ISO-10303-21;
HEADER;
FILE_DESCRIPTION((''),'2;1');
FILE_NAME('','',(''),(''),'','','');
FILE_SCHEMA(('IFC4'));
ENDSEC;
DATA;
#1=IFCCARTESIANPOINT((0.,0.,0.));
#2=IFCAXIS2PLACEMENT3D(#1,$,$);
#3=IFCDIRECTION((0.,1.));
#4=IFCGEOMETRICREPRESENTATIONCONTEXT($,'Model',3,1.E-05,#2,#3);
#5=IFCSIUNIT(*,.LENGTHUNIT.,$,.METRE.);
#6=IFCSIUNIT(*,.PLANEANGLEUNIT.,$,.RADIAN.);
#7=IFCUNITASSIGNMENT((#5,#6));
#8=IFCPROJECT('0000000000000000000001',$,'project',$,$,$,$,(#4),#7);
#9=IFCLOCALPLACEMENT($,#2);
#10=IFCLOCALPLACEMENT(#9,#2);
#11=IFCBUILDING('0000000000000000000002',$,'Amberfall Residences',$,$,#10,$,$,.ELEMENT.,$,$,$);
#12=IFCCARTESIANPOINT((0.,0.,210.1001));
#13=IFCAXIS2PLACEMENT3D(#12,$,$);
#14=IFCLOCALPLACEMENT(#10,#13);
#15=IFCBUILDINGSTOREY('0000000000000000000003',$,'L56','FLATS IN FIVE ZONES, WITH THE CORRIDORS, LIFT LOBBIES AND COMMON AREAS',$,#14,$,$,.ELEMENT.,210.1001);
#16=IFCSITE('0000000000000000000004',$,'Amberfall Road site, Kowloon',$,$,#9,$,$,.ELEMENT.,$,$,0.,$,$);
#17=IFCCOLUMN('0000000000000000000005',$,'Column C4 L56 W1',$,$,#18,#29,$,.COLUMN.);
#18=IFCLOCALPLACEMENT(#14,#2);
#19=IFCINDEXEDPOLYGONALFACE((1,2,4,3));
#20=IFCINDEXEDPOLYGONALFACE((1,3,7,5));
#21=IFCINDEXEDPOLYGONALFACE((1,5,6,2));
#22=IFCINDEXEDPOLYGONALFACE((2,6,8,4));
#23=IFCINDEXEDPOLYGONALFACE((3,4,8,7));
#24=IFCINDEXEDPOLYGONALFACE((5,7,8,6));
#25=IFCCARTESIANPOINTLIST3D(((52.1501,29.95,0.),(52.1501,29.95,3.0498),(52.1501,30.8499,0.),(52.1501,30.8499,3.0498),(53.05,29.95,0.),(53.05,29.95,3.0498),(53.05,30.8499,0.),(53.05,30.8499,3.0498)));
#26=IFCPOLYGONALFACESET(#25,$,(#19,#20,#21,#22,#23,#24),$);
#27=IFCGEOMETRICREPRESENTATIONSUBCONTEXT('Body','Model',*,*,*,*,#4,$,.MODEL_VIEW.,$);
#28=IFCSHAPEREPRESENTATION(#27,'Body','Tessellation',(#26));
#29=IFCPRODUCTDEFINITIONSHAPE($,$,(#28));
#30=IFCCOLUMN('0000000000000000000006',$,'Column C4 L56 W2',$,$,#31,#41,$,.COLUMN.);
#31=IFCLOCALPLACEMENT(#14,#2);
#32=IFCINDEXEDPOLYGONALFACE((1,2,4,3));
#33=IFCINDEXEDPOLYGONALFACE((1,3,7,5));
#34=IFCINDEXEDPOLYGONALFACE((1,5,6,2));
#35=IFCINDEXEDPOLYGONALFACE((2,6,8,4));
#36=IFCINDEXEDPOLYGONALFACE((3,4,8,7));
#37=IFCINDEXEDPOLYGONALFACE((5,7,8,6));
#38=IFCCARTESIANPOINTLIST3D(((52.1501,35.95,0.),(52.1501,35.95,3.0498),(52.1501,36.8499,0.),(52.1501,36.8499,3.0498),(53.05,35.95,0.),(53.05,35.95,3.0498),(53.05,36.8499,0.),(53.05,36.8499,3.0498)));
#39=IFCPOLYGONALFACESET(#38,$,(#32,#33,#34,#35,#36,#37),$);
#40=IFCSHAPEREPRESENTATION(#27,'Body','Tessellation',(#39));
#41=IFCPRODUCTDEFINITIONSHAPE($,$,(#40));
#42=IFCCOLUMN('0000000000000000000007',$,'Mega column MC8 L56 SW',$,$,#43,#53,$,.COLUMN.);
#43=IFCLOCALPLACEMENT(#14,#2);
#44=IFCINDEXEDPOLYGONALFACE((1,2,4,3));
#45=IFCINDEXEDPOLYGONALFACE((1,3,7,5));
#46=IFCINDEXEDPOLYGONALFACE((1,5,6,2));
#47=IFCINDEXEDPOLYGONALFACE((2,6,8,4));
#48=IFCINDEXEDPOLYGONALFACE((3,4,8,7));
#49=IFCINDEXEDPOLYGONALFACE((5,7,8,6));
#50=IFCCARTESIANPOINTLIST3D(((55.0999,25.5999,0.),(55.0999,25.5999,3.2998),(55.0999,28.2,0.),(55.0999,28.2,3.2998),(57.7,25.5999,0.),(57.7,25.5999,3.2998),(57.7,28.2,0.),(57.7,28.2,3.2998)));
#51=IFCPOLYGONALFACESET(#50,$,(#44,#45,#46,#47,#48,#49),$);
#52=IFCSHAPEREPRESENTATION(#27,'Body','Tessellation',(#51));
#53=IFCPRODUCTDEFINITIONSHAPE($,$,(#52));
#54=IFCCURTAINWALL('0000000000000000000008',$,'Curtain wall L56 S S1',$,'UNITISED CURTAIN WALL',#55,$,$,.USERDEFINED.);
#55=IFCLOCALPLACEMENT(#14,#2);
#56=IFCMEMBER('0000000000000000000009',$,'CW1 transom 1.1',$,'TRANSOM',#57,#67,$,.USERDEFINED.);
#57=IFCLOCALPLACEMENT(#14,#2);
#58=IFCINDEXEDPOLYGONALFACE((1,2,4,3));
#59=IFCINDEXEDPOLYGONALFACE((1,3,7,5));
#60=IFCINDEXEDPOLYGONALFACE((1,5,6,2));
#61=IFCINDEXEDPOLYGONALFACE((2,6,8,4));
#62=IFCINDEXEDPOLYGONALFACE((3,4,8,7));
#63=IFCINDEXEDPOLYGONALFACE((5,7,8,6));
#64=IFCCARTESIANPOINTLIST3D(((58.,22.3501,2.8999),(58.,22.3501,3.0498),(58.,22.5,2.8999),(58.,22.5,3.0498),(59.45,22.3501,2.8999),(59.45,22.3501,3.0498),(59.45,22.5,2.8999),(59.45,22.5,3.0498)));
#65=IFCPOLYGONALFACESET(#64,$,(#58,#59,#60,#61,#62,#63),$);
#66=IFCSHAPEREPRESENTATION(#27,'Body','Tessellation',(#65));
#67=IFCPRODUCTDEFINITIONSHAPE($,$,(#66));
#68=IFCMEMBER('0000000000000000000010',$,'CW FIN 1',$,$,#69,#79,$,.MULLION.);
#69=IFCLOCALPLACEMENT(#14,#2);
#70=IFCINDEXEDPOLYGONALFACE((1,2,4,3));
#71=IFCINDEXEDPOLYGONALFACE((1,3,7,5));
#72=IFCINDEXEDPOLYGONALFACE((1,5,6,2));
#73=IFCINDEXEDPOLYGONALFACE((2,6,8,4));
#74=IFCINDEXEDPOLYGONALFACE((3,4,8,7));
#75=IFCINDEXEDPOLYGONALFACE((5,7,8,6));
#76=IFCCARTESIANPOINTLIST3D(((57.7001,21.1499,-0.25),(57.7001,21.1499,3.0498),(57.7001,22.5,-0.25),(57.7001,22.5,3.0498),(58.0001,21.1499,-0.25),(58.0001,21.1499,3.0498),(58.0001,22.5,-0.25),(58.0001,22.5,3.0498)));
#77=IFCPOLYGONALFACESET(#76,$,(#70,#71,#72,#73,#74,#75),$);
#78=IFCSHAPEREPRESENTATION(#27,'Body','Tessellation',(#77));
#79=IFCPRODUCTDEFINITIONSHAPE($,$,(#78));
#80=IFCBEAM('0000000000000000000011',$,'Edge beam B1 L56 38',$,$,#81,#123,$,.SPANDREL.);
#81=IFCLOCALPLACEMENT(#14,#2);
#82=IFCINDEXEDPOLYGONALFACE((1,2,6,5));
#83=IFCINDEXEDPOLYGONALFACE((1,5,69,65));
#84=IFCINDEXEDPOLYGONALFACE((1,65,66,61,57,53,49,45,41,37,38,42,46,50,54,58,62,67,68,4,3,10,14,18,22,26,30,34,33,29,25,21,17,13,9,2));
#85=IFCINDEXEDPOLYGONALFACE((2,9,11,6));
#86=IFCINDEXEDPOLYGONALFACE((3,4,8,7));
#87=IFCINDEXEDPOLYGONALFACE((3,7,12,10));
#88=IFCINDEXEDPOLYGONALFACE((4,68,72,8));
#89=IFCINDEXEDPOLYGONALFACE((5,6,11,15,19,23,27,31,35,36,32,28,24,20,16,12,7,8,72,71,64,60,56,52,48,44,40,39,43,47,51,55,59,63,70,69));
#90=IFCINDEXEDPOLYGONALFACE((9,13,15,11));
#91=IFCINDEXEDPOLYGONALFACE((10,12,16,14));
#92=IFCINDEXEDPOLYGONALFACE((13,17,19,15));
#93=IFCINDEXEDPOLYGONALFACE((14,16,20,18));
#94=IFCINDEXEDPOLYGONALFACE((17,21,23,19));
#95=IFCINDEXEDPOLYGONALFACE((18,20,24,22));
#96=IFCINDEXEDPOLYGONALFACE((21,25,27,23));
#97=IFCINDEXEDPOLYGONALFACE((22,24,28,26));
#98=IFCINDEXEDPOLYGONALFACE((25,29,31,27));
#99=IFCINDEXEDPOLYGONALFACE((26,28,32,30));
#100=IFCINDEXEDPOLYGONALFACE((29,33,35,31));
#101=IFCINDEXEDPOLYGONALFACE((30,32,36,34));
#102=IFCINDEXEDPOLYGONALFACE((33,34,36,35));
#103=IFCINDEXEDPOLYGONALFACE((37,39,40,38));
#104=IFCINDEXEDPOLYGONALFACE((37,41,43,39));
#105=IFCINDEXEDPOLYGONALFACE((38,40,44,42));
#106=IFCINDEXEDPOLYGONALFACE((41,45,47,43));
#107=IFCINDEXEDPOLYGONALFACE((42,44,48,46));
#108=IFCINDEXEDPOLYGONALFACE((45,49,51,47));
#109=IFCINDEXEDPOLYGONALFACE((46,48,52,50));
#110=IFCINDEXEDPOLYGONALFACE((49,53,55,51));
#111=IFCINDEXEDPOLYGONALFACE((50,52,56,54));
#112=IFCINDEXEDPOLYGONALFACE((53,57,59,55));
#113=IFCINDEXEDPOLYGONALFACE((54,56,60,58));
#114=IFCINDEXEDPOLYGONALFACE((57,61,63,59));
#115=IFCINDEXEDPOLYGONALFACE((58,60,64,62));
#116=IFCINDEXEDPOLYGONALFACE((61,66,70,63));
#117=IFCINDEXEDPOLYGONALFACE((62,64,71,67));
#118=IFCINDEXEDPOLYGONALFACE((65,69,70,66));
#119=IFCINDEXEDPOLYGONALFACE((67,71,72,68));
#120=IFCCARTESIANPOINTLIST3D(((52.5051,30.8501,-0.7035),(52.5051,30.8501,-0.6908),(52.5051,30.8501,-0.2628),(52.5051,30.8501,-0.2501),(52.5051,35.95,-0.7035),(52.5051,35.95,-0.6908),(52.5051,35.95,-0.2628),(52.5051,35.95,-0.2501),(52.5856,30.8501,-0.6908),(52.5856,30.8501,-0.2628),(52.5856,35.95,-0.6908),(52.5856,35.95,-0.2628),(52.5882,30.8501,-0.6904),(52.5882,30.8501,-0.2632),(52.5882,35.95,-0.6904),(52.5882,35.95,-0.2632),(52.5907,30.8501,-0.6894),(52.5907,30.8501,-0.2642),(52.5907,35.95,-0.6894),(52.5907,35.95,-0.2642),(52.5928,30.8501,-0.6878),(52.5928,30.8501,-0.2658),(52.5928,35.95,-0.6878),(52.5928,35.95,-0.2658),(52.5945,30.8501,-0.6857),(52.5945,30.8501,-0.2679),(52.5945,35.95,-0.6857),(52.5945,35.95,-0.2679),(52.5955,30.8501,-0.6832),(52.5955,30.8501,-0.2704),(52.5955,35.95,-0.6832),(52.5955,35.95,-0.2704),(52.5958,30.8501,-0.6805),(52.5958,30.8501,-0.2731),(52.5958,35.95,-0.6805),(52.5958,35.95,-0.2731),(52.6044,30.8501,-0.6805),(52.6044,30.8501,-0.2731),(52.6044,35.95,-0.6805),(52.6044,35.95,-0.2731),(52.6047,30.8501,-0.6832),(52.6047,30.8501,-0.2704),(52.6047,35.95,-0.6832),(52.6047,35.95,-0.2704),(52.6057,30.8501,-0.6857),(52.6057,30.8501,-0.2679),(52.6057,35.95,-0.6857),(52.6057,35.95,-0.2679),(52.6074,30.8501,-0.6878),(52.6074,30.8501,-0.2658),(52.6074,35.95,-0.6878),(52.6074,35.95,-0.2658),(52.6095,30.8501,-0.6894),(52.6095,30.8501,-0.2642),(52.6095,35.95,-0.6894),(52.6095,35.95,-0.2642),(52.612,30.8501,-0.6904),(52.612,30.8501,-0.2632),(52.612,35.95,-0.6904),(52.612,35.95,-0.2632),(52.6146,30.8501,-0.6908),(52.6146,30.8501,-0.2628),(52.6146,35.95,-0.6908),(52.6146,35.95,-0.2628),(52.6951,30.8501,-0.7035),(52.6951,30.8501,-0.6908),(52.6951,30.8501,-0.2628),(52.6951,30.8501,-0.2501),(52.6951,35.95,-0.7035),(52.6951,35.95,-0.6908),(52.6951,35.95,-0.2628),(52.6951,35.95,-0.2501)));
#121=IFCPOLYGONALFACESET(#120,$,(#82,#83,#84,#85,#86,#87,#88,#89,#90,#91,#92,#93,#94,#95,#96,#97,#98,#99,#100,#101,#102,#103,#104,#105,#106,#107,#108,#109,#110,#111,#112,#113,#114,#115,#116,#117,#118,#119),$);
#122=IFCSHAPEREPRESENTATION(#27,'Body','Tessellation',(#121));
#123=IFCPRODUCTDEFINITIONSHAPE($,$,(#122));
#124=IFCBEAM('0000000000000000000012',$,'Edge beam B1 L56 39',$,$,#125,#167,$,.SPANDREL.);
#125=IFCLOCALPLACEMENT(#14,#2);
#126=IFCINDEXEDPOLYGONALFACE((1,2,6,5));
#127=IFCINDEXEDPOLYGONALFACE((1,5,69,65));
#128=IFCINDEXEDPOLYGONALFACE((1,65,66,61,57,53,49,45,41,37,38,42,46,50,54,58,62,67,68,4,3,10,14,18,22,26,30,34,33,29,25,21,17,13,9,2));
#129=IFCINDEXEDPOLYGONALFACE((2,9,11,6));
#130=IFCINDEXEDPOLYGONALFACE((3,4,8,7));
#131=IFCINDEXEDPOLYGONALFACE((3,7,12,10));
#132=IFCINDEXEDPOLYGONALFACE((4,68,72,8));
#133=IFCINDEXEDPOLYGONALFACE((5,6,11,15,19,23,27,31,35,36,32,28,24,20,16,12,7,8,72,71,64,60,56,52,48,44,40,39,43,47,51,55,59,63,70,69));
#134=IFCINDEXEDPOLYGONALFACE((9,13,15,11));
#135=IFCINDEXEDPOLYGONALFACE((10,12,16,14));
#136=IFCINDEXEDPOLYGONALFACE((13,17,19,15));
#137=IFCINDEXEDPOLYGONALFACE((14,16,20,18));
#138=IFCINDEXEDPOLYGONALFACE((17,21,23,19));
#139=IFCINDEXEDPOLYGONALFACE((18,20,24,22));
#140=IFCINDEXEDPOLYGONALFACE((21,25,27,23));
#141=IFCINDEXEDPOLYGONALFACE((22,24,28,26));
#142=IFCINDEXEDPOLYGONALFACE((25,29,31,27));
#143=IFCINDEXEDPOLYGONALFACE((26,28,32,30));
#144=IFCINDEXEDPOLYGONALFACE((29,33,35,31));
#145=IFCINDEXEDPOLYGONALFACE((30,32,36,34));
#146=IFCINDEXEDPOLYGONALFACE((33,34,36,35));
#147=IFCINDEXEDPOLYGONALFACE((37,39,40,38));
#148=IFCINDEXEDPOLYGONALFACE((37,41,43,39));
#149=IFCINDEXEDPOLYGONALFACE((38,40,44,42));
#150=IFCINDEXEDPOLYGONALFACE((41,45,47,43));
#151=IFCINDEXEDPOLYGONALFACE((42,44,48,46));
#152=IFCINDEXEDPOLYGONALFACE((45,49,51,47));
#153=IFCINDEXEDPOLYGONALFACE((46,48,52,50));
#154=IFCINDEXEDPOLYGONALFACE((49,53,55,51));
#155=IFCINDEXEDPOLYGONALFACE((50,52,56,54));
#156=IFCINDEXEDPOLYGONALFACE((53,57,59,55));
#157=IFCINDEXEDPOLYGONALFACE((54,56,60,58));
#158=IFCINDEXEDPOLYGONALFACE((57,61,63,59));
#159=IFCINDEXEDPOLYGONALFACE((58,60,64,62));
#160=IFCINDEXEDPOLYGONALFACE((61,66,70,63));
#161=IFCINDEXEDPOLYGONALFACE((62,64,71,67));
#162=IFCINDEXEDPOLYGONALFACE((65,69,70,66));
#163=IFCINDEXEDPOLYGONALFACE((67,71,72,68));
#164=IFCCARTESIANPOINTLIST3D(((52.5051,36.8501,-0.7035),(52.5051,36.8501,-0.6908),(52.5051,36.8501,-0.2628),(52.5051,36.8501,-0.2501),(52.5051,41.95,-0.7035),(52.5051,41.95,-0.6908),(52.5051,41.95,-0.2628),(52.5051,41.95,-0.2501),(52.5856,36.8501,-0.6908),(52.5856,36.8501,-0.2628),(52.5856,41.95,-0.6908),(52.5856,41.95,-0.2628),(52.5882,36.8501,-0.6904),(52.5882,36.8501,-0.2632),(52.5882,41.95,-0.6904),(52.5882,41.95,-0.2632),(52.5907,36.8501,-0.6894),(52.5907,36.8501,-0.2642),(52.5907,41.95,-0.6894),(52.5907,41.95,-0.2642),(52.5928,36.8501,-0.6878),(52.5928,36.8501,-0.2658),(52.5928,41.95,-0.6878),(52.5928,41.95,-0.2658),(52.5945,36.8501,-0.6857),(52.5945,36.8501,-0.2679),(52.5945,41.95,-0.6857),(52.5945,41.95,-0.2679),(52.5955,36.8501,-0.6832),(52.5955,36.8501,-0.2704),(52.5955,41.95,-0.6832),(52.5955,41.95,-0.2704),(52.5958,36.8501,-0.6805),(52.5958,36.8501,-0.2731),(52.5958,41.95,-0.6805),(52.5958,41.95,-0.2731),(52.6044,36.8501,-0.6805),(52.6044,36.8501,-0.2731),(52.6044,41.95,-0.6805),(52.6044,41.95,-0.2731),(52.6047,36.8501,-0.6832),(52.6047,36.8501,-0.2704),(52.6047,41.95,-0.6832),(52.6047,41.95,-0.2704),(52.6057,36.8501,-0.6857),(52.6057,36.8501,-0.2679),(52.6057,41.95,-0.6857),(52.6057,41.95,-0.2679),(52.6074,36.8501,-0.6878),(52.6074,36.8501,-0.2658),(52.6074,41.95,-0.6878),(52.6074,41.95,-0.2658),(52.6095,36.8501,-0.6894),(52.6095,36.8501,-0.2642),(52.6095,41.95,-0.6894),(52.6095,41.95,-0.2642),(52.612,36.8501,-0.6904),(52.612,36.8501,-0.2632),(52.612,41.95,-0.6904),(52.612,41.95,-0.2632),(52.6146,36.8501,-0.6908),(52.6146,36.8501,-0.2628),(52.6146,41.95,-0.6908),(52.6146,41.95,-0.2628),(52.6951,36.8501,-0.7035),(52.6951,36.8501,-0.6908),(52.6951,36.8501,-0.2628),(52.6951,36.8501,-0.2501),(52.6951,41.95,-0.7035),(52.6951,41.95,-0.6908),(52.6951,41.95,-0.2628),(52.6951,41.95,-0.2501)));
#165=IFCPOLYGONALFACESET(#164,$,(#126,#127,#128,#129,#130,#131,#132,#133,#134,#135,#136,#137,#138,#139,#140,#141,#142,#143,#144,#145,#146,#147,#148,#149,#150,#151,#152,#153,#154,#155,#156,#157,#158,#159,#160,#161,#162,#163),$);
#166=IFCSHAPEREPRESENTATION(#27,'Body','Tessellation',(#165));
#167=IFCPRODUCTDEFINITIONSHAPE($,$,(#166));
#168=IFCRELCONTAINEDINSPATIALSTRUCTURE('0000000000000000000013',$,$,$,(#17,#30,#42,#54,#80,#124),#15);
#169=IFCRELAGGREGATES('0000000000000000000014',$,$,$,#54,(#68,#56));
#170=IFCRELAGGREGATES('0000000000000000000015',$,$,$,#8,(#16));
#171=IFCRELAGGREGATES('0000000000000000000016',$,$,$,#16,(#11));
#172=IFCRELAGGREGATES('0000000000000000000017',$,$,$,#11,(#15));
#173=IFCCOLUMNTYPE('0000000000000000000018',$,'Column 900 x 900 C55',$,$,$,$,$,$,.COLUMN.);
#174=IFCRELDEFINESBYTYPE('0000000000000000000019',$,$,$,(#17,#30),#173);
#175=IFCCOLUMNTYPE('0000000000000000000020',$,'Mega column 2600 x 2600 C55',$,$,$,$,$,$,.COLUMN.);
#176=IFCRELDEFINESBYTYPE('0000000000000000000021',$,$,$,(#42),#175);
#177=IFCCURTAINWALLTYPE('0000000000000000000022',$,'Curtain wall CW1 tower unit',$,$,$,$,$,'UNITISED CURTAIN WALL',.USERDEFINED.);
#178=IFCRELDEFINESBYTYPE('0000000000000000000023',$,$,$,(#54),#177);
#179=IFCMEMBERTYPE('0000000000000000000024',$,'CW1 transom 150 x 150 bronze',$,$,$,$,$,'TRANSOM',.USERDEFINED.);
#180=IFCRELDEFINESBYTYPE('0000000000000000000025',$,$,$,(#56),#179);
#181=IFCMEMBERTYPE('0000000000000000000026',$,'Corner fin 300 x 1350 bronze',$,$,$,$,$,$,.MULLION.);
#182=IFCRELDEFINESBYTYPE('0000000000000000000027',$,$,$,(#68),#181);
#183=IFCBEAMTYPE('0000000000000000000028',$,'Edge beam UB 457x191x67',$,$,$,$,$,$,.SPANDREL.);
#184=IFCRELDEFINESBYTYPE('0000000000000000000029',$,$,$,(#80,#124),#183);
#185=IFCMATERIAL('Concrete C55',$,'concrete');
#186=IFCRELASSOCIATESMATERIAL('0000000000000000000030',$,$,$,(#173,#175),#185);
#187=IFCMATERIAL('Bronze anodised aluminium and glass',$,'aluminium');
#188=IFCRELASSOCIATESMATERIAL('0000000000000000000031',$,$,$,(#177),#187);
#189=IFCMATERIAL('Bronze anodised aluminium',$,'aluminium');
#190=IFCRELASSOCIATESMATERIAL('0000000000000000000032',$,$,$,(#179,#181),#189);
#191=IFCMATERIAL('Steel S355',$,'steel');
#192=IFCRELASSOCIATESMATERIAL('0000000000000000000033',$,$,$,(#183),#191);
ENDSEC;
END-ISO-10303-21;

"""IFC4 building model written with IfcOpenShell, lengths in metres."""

from ifc_helpers import new_model, si_unit, direction, frame, origin, origin_2d, place, context, subcontext, project, spatial, rectangle, i_section, extrude, material, material_profile, profile_set, type_object, element, aggregate, save


model = new_model("IFC4")

# Units and contexts
model_context = context("Model", 3, precision=1e-05, world=origin(), true_north=direction((0.0, 1.0)))
body_context = subcontext(model_context, "Body", "Model", "MODEL_VIEW")
ifc_project = project(units=[si_unit("LENGTHUNIT", "METRE"), si_unit("PLANEANGLEUNIT", "RADIAN")], contexts=[model_context])

# Site, building, storey
site_placement = place(None, origin())
site = spatial("IfcSite", under=ifc_project, at=site_placement, Name="Amberfall Road site, Kowloon", CompositionType="ELEMENT", RefElevation=0.0)
building_placement = place(site_placement, origin())
building = spatial("IfcBuilding", under=site, at=building_placement, Name="Amberfall Residences", CompositionType="ELEMENT")
storey_placement = place(building_placement, frame((0.0, 0.0, 210.1001)))
storey = spatial("IfcBuildingStorey", under=building, at=storey_placement, Name="L56", Description="FLATS IN FIVE ZONES, WITH THE CORRIDORS, LIFT LOBBIES AND COMMON AREAS", CompositionType="ELEMENT", Elevation=210.1001)

# Columns
ifc_material_1 = material(Name="Concrete C55", Category="concrete")
ifc_material_profile_1 = material_profile(ifc_material_1, rectangle(XDim=0.8999, YDim=0.8999, at=origin_2d()), Name="Column 900 x 900 C55")
ifc_profile_set_1 = profile_set([ifc_material_profile_1], Name="Concrete C55")
column_type_1 = type_object("IfcColumnType", Name="Column 900 x 900 C55", PredefinedType="COLUMN", material=ifc_profile_set_1)
for number, where, z_axis, x_axis, name in (
    (1, (52.6001, 30.3999, 0.0), (0.0, 0.0, 1.0), (1.0, 0.0, 0.0), "Column C4 L56 W1"),
    (2, (52.6001, 36.3999, 0.0), (0.0, 0.0, 1.0), (1.0, 0.0, 0.0), "Column C4 L56 W2"),
):
    element("IfcColumn", number, at=place(storey_placement, frame(where, z_axis=z_axis, x_axis=x_axis)), inside=storey, type_object=column_type_1, Name=name, PredefinedType="COLUMN", context=body_context, shape_type="SweptSolid", body=[
        extrude(rectangle(XDim=0.8999, YDim=0.8999, at=origin_2d()), origin(), (0.0, 0.0, 1.0), 3.0498),
    ])
ifc_material_profile_2 = material_profile(ifc_material_1, rectangle(XDim=2.6001, YDim=2.6001, at=origin_2d()), Name="Mega column 2600 x 2600 C55")
ifc_profile_set_2 = profile_set([ifc_material_profile_2], Name="Concrete C55")
column_type_2 = type_object("IfcColumnType", Name="Mega column 2600 x 2600 C55", PredefinedType="COLUMN", material=ifc_profile_set_2)
column_placement = place(storey_placement, frame((56.3999, 26.8999, 0.0), z_axis=(0.0, 0.0, 1.0), x_axis=(1.0, 0.0, 0.0)))
element("IfcColumn", 3, at=column_placement, inside=storey, type_object=column_type_2, Name="Mega column MC8 L56 SW", PredefinedType="COLUMN", context=body_context, shape_type="SweptSolid", body=[
    extrude(rectangle(XDim=2.6001, YDim=2.6001, at=origin_2d()), origin(), (0.0, 0.0, 1.0), 3.2998),
])

# Curtain wall, members
ifc_material_2 = material(Name="Bronze anodised aluminium and glass", Category="aluminium")
curtain_wall_type = type_object("IfcCurtainWallType", Name="Curtain wall CW1 tower unit", ElementType="UNITISED CURTAIN WALL", PredefinedType="USERDEFINED", material=ifc_material_2)
curtain_wall_placement = place(storey_placement, origin())
curtain_wall = element("IfcCurtainWall", 4, at=curtain_wall_placement, inside=storey, type_object=curtain_wall_type, Name="Curtain wall L56 S S1", ObjectType="UNITISED CURTAIN WALL", PredefinedType="USERDEFINED")
ifc_material_3 = material(Name="Bronze anodised aluminium", Category="aluminium")
ifc_material_profile_3 = material_profile(ifc_material_3, rectangle(XDim=0.1499, YDim=0.1499, at=origin_2d()), Name="CW1 transom 150 x 150 bronze")
ifc_profile_set_3 = profile_set([ifc_material_profile_3], Name="Bronze anodised aluminium")
member_type_1 = type_object("IfcMemberType", Name="CW1 transom 150 x 150 bronze", ElementType="TRANSOM", PredefinedType="USERDEFINED", material=ifc_profile_set_3)
member_1_placement = place(storey_placement, frame((58.0, 22.425, 2.9749), z_axis=(1.0, 0.0, 0.0), x_axis=(0.0, 1.0, 0.0)))
member_1 = element("IfcMember", 5, at=member_1_placement, type_object=member_type_1, Name="CW1 transom 1.1", ObjectType="TRANSOM", PredefinedType="USERDEFINED", context=body_context, shape_type="SweptSolid", body=[
    extrude(rectangle(XDim=0.1499, YDim=0.1499, at=origin_2d()), origin(), (0.0, 0.0, 1.0), 1.45),
])
ifc_material_profile_4 = material_profile(ifc_material_3, rectangle(XDim=1.3501, YDim=0.3, at=origin_2d()), Name="Corner fin 300 x 1350 bronze")
ifc_profile_set_4 = profile_set([ifc_material_profile_4], Name="Bronze anodised aluminium")
member_type_2 = type_object("IfcMemberType", Name="Corner fin 300 x 1350 bronze", PredefinedType="MULLION", material=ifc_profile_set_4)
member_2_placement = place(storey_placement, frame((57.8501, 21.825, -0.25), z_axis=(0.0, 0.0, 1.0), x_axis=(0.0, 1.0, 0.0)))
member_2 = element("IfcMember", 6, at=member_2_placement, type_object=member_type_2, Name="CW FIN 1", PredefinedType="MULLION", context=body_context, shape_type="SweptSolid", body=[
    extrude(rectangle(XDim=1.3501, YDim=0.3, at=origin_2d()), origin(), (0.0, 0.0, 1.0), 3.2998),
])
aggregate(curtain_wall, [member_2, member_1])

# Beams
ifc_material_4 = material(Name="Steel S355", Category="steel")
ifc_material_profile_5 = material_profile(ifc_material_4, i_section(OverallWidth=0.1899, OverallDepth=0.4534, WebThickness=0.0085, FlangeThickness=0.0127, FilletRadius=0.0103, at=origin_2d()), Name="UB 457x191x67")
ifc_profile_set_5 = profile_set([ifc_material_profile_5], Name="Steel S355")
beam_type_1 = type_object("IfcBeamType", Name="Edge beam UB 457x191x67", PredefinedType="SPANDREL", material=ifc_profile_set_5)
for number, where, z_axis, x_axis, name in (
    (7, (52.6001, 30.8501, -0.4768), (0.0, 1.0, 0.0), (-1.0, 0.0, 0.0), "Edge beam B1 L56 38"),
    (8, (52.6001, 36.8501, -0.4768), (0.0, 1.0, 0.0), (-1.0, 0.0, 0.0), "Edge beam B1 L56 39"),
):
    element("IfcBeam", number, at=place(storey_placement, frame(where, z_axis=z_axis, x_axis=x_axis)), inside=storey, type_object=beam_type_1, Name=name, PredefinedType="SPANDREL", context=body_context, shape_type="SweptSolid", body=[
        extrude(i_section(OverallWidth=0.1899, OverallDepth=0.4534, WebThickness=0.0085, FlangeThickness=0.0127, FilletRadius=0.0103, at=origin_2d()), origin(), (0.0, 0.0, 1.0), 5.0999),
    ])

save(model, "model.ifc")
